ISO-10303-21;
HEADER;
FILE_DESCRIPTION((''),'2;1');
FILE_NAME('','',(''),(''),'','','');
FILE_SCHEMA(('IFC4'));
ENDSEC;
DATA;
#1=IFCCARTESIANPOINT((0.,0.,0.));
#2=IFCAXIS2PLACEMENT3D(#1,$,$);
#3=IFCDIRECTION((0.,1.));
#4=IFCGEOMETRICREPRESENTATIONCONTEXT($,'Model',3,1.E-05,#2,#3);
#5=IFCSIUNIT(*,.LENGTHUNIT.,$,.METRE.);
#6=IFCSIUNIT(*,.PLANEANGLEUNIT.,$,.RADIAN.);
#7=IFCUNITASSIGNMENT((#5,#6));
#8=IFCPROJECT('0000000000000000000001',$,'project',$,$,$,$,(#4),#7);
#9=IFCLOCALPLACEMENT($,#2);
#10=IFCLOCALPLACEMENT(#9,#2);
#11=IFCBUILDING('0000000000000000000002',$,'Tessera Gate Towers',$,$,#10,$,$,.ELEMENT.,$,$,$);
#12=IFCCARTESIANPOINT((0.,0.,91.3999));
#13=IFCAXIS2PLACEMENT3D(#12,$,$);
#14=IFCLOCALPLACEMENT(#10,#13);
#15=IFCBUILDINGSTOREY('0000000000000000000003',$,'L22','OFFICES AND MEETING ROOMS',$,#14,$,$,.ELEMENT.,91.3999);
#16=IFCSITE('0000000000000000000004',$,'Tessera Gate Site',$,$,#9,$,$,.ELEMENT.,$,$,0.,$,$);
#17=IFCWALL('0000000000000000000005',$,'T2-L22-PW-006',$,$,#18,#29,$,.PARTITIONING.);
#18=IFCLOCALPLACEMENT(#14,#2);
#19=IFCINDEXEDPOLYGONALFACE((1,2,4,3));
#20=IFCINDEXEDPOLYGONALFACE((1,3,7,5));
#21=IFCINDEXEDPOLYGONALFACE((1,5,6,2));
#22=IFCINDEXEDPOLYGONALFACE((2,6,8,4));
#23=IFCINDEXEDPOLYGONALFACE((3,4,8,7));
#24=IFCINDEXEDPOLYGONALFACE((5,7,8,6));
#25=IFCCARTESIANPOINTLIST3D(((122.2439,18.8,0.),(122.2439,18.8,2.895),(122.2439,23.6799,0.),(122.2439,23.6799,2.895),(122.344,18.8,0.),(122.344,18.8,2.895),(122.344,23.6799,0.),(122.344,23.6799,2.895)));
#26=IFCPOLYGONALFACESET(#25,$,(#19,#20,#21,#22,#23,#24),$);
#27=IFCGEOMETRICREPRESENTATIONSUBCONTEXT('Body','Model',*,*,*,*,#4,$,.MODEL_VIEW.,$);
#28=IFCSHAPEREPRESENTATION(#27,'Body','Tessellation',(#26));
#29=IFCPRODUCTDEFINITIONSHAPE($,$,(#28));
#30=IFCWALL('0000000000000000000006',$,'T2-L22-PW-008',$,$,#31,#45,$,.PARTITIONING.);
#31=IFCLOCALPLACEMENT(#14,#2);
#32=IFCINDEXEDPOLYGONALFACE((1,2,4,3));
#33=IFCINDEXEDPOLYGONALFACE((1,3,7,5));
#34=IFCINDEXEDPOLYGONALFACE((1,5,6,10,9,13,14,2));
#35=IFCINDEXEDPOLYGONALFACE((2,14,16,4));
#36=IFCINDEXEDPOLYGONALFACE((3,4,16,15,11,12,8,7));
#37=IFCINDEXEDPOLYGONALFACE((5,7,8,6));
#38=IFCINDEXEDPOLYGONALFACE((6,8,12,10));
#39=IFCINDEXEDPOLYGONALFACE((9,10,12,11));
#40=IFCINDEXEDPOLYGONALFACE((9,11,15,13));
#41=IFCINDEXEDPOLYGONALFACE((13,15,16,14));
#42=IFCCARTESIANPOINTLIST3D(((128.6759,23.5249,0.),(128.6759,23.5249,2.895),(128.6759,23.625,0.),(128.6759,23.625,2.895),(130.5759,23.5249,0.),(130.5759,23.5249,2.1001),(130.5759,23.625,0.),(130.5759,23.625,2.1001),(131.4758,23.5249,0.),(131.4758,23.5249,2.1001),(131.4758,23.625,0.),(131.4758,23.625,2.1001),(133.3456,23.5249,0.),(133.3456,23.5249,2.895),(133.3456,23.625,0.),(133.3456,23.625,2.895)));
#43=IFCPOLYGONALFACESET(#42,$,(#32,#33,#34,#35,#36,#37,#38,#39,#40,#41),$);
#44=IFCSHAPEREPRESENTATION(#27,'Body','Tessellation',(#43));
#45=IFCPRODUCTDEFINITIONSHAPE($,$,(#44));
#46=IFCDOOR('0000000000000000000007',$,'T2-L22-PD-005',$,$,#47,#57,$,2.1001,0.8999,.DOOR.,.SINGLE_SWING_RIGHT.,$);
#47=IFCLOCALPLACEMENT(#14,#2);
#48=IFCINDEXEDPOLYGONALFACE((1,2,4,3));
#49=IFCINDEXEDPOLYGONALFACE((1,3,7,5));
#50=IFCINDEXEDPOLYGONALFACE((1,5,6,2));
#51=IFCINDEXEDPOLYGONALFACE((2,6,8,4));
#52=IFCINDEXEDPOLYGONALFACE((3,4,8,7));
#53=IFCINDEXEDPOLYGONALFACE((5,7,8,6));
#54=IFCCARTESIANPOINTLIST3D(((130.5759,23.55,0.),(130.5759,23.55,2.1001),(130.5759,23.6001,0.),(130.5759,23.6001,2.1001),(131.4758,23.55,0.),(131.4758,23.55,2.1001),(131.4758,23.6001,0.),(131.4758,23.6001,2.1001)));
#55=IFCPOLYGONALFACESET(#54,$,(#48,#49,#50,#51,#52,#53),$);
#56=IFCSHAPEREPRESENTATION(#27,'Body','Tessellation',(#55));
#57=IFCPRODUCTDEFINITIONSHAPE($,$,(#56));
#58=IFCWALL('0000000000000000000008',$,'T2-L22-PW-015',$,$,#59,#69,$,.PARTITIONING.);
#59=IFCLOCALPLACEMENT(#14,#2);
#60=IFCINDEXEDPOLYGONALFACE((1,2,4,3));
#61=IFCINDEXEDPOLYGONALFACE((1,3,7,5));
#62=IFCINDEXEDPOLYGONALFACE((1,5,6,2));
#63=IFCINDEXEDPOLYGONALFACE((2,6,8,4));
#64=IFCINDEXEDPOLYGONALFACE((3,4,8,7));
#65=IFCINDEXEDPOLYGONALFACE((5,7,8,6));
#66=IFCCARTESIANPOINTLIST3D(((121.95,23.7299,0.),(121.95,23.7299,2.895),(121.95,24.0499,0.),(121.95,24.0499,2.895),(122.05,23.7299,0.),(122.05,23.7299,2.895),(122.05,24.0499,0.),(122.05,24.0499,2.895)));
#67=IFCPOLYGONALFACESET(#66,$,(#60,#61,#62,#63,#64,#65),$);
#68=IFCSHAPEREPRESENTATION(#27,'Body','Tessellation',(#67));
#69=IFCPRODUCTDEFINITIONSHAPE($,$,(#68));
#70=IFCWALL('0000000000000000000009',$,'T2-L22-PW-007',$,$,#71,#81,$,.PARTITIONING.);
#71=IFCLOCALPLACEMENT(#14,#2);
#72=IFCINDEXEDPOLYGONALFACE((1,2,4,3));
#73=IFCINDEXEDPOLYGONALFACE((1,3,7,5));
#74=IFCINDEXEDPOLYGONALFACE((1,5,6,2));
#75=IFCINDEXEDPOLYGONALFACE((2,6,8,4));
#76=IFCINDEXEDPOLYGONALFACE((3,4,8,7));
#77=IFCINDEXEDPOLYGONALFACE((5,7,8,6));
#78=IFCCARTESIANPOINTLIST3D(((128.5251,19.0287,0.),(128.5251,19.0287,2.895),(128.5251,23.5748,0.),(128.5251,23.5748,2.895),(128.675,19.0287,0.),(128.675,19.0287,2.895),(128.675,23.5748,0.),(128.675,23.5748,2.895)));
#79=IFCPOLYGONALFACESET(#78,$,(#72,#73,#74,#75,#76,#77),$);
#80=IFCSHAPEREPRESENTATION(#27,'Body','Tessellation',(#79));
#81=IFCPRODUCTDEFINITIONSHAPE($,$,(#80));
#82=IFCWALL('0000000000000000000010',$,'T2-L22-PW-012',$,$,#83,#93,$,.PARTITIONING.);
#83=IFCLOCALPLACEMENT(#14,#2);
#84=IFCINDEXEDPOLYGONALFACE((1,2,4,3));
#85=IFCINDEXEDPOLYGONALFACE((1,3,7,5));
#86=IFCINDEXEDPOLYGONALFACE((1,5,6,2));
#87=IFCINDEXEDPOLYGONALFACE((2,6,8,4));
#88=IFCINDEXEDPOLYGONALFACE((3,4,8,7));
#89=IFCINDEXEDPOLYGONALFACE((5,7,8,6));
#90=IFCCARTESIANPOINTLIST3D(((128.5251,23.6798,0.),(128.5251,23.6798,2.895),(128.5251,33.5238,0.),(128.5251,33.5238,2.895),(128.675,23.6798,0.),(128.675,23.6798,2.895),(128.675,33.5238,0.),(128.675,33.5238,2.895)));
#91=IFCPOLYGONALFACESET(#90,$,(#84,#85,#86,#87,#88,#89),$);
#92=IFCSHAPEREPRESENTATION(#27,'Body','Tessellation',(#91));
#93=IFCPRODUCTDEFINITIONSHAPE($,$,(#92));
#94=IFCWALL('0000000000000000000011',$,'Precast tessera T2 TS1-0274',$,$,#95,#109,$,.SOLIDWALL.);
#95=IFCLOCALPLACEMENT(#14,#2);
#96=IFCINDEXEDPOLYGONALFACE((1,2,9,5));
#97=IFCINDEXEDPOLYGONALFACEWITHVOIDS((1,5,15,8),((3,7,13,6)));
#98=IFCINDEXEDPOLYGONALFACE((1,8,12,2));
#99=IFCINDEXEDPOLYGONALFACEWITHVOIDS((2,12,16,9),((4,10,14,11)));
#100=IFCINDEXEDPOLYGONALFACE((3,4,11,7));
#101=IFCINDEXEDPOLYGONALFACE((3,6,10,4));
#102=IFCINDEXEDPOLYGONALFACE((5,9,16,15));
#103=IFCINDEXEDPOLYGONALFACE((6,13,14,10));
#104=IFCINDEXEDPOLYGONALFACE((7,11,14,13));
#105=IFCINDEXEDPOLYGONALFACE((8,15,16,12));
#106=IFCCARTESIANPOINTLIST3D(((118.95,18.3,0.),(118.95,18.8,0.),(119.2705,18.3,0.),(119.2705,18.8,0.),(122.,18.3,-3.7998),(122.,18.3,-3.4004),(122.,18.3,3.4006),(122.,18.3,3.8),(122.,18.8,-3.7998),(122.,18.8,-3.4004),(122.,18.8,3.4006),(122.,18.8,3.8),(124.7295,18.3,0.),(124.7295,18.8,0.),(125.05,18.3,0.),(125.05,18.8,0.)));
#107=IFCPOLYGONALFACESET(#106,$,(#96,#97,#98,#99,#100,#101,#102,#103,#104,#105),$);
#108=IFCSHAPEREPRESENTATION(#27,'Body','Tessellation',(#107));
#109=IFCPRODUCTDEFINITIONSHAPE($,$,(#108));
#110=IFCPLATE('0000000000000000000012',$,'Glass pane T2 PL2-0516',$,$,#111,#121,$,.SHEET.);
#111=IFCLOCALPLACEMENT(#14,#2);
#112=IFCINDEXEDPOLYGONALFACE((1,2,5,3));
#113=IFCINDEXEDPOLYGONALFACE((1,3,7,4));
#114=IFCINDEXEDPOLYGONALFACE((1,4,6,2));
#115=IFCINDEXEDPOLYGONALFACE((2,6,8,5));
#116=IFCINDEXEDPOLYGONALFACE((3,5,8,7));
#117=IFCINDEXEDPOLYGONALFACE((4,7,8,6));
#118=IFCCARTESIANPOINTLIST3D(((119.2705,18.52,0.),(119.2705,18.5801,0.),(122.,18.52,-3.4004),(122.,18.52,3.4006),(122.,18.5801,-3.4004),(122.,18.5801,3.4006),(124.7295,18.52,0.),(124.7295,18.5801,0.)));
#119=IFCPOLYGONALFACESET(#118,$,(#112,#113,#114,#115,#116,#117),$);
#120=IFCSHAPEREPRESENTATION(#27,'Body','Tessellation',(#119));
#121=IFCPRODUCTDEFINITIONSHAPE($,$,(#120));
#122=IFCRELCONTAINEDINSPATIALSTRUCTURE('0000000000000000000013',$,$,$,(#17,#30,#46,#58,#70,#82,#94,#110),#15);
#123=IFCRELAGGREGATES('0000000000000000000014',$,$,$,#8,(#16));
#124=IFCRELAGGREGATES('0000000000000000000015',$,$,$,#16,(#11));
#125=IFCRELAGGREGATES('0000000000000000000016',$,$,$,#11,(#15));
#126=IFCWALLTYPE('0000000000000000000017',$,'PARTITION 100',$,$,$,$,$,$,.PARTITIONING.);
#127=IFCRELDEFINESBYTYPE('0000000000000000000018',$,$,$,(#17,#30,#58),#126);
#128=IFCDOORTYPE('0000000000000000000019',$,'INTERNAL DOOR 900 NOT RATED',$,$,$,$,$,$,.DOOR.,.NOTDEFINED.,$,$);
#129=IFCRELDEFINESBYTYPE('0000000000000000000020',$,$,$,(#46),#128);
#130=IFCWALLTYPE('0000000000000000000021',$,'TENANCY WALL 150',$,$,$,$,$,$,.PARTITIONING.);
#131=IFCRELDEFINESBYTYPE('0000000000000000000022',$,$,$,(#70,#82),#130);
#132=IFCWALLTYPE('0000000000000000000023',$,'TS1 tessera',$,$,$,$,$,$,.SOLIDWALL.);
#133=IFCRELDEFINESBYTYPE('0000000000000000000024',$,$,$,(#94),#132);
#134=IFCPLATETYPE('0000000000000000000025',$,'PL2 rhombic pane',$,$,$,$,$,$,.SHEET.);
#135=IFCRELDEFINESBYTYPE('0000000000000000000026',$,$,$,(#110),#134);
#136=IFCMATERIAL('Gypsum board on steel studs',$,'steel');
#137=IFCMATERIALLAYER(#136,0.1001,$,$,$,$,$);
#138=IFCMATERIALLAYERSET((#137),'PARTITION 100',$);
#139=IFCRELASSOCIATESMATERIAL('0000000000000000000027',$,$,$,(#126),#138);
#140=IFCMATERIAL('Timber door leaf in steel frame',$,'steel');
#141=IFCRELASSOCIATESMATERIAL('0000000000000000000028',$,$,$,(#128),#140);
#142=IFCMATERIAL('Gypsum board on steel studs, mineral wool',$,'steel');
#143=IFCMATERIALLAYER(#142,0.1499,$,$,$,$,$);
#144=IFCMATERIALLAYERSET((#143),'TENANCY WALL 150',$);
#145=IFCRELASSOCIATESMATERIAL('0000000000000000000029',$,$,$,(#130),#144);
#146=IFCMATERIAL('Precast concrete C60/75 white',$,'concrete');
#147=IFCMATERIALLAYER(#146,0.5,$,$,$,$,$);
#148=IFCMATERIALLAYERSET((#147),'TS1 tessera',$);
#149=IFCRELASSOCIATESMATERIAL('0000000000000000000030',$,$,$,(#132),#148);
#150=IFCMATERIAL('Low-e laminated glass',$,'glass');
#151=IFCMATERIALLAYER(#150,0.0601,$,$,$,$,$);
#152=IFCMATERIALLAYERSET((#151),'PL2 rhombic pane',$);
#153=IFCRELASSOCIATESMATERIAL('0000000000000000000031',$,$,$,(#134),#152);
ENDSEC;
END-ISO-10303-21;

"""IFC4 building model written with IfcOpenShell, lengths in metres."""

from ifc_helpers import new_model, si_unit, direction, frame, frame_2d, origin, place, context, subcontext, project, spatial, polyline, rectangle, outline, extrude, source, transform, mapped, material, layer, layer_set, type_object, element, fill, save


model = new_model("IFC4")

# Units and contexts
model_context = context("Model", 3, precision=1e-05, world=origin(), true_north=direction((0.0, 1.0)))
body_context = subcontext(model_context, "Body", "Model", "MODEL_VIEW")
ifc_project = project(units=[si_unit("LENGTHUNIT", "METRE"), si_unit("PLANEANGLEUNIT", "RADIAN")], contexts=[model_context])

# Site, building, storey
site_placement = place(None, origin())
site = spatial("IfcSite", under=ifc_project, at=site_placement, Name="Tessera Gate Site", CompositionType="ELEMENT", RefElevation=0.0)
building_placement = place(site_placement, origin())
building = spatial("IfcBuilding", under=site, at=building_placement, Name="Tessera Gate Towers", CompositionType="ELEMENT")
storey_placement = place(building_placement, frame((0.0, 0.0, 91.3999)))
storey = spatial("IfcBuildingStorey", under=building, at=storey_placement, Name="L22", Description="OFFICES AND MEETING ROOMS", CompositionType="ELEMENT", Elevation=91.3999)

# Shared definitions
shared_shape_1 = source(origin(), body_context, "Body", "SweptSolid", [
    extrude(rectangle(XDim=0.8999, YDim=2.1001, at=frame_2d((0.45, 1.05))), frame((0.0, 0.0601, 0.0), z_axis=(0.0, -1.0, 0.0), x_axis=(1.0, 0.0, 0.0)), (0.0, 0.0, 1.0), 0.1201),
])
shared_shape_2 = source(origin(), body_context, "Body", "SweptSolid", [
    extrude(rectangle(XDim=0.8999, YDim=2.1001, at=frame_2d((0.45, 1.05))), frame((0.0, 0.0249, 0.0), z_axis=(0.0, -1.0, 0.0), x_axis=(1.0, 0.0, 0.0)), (0.0, 0.0, 1.0), 0.05),
])

# Wall
ifc_material_1 = material(Name="Gypsum board on steel studs", Category="steel")
ifc_layer_1 = layer(ifc_material_1, 0.1001)
ifc_layer_set_1 = layer_set([ifc_layer_1], Name="PARTITION 100")
wall_type_1 = type_object("IfcWallType", Name="PARTITION 100", PredefinedType="PARTITIONING", material=ifc_layer_set_1)
wall_1_placement = place(storey_placement, frame((122.2939, 18.8, 0.0), z_axis=(0.0, 0.0, 1.0), x_axis=(0.0, 1.0, 0.0)))
element("IfcWall", 1, at=wall_1_placement, inside=storey, type_object=wall_type_1, Name="T2-L22-PW-006", PredefinedType="PARTITIONING", context=body_context, shape_type="SweptSolid", body=[
    extrude(rectangle(XDim=4.8799, YDim=0.1001, at=frame_2d((2.4399, 0.0))), origin(), (0.0, 0.0, 1.0), 2.895),
])

# Wall, opening, door
wall_2_placement = place(storey_placement, frame((133.3457, 23.575, 0.0), z_axis=(0.0, 0.0, 1.0), x_axis=(-1.0, 0.0, 0.0)))
wall_2 = element("IfcWall", 2, at=wall_2_placement, inside=storey, type_object=wall_type_1, Name="T2-L22-PW-008", PredefinedType="PARTITIONING", context=body_context, shape_type="SweptSolid", body=[
    extrude(rectangle(XDim=4.6697, YDim=0.1001, at=frame_2d((2.335, 0.0))), origin(), (0.0, 0.0, 1.0), 2.895),
])
opening_1_placement = place(wall_2_placement, frame((1.8699, 0.0, 0.0)))
opening_1 = element("IfcOpeningElement", 3, at=opening_1_placement, cuts=wall_2, PredefinedType="OPENING", context=body_context, shape_type="MappedRepresentation", body=[
    mapped(shared_shape_1, transform((0.0, 0.0, 0.0), scale=1.0)),
])
ifc_material_2 = material(Name="Timber door leaf in steel frame", Category="steel")
door_type_1 = type_object("IfcDoorType", Name="INTERNAL DOOR 900 NOT RATED", OperationType="NOTDEFINED", PredefinedType="DOOR", material=ifc_material_2)
door_1_placement = place(opening_1_placement, origin())
door_1 = element("IfcDoor", 4, at=door_1_placement, inside=storey, type_object=door_type_1, Name="T2-L22-PD-005", OperationType="SINGLE_SWING_RIGHT", OverallHeight=2.1001, OverallWidth=0.8999, PredefinedType="DOOR", context=body_context, shape_type="MappedRepresentation", body=[
    mapped(shared_shape_2, transform((0.0, 0.0, 0.0), scale=1.0)),
])
fill(opening_1, door_1)

# Walls
wall_3_placement = place(storey_placement, frame((122.0, 24.05, 0.0), z_axis=(0.0, 0.0, 1.0), x_axis=(0.0, -1.0, 0.0)))
element("IfcWall", 5, at=wall_3_placement, inside=storey, type_object=wall_type_1, Name="T2-L22-PW-015", PredefinedType="PARTITIONING", context=body_context, shape_type="SweptSolid", body=[
    extrude(rectangle(XDim=0.3201, YDim=0.1001, at=frame_2d((0.1602, 0.0))), origin(), (0.0, 0.0, 1.0), 2.895),
])
ifc_material_3 = material(Name="Gypsum board on steel studs, mineral wool", Category="steel")
ifc_layer_2 = layer(ifc_material_3, 0.1499)
ifc_layer_set_2 = layer_set([ifc_layer_2], Name="TENANCY WALL 150")
wall_type_2 = type_object("IfcWallType", Name="TENANCY WALL 150", PredefinedType="PARTITIONING", material=ifc_layer_set_2)
wall_4_placement = place(storey_placement, frame((128.6001, 19.0288, 0.0), z_axis=(0.0, 0.0, 1.0), x_axis=(0.0, 1.0, 0.0)))
element("IfcWall", 6, at=wall_4_placement, inside=storey, type_object=wall_type_2, Name="T2-L22-PW-007", PredefinedType="PARTITIONING", context=body_context, shape_type="SweptSolid", body=[
    extrude(rectangle(XDim=4.5461, YDim=0.1499, at=frame_2d((2.2729, 0.0))), origin(), (0.0, 0.0, 1.0), 2.895),
])
wall_5_placement = place(storey_placement, frame((128.6001, 23.6799, 0.0), z_axis=(0.0, 0.0, 1.0), x_axis=(0.0, 1.0, 0.0)))
element("IfcWall", 7, at=wall_5_placement, inside=storey, type_object=wall_type_2, Name="T2-L22-PW-012", PredefinedType="PARTITIONING", context=body_context, shape_type="SweptSolid", body=[
    extrude(rectangle(XDim=9.844, YDim=0.1499, at=frame_2d((4.9219, 0.0))), origin(), (0.0, 0.0, 1.0), 2.895),
])

# Wall, opening, plate
ifc_material_4 = material(Name="Precast concrete C60/75 white", Category="concrete")
ifc_layer_3 = layer(ifc_material_4, 0.5)
ifc_layer_set_3 = layer_set([ifc_layer_3], Name="TS1 tessera")
wall_type_3 = type_object("IfcWallType", Name="TS1 tessera", PredefinedType="SOLIDWALL", material=ifc_layer_set_3)
shared_shape_3 = source(origin(), body_context, "Body", "SweptSolid", [
    extrude(outline(polyline([(3.05, 0.0), (6.1001, 3.7998), (3.05, 7.5999), (0.0, 3.7998), (3.05, 0.0)])), frame((0.0, 0.25, 0.0), z_axis=(0.0, -1.0, 0.0), x_axis=(1.0, 0.0, 0.0)), (0.0, 0.0, 1.0), 0.5),
])
wall_6_placement = place(storey_placement, frame((118.95, 18.55, -3.7998), z_axis=(0.0, 0.0, 1.0), x_axis=(1.0, 0.0, 0.0)))
wall_6 = element("IfcWall", 8, at=wall_6_placement, inside=storey, type_object=wall_type_3, Name="Precast tessera T2 TS1-0274", PredefinedType="SOLIDWALL", context=body_context, shape_type="MappedRepresentation", body=[
    mapped(shared_shape_3, transform((0.0, 0.0, 0.0), scale=1.0)),
])
shared_shape_4 = source(origin(), body_context, "Body", "SweptSolid", [
    extrude(outline(polyline([(3.05, 0.3994), (5.7795, 3.7998), (3.05, 7.2004), (0.3206, 3.7998), (3.05, 0.3994)])), frame((0.0, 0.26, 0.0), z_axis=(0.0, -1.0, 0.0), x_axis=(1.0, 0.0, 0.0)), (0.0, 0.0, 1.0), 0.52),
])
opening_2_placement = place(wall_6_placement, origin())
opening_2 = element("IfcOpeningElement", 9, at=opening_2_placement, cuts=wall_6, PredefinedType="OPENING", context=body_context, shape_type="MappedRepresentation", body=[
    mapped(shared_shape_4, transform((0.0, 0.0, 0.0), scale=1.0)),
])
ifc_material_5 = material(Name="Low-e laminated glass", Category="glass")
ifc_layer_4 = layer(ifc_material_5, 0.0601)
ifc_layer_set_4 = layer_set([ifc_layer_4], Name="PL2 rhombic pane")
plate_type = type_object("IfcPlateType", Name="PL2 rhombic pane", PredefinedType="SHEET", material=ifc_layer_set_4)
shared_shape_5 = source(origin(), body_context, "Body", "SweptSolid", [
    extrude(outline(polyline([(3.05, 0.3994), (5.7795, 3.7998), (3.05, 7.2004), (0.3206, 3.7998), (3.05, 0.3994)])), frame((0.0, 0.03, 0.0), z_axis=(0.0, -1.0, 0.0), x_axis=(1.0, 0.0, 0.0)), (0.0, 0.0, 1.0), 0.0601),
])
plate_placement = place(opening_2_placement, origin())
plate = element("IfcPlate", 10, at=plate_placement, inside=storey, type_object=plate_type, Name="Glass pane T2 PL2-0516", PredefinedType="SHEET", context=body_context, shape_type="MappedRepresentation", body=[
    mapped(shared_shape_5, transform((0.0, 0.0, 0.0), scale=1.0)),
])
fill(opening_2, plate)

save(model, "model.ifc")
